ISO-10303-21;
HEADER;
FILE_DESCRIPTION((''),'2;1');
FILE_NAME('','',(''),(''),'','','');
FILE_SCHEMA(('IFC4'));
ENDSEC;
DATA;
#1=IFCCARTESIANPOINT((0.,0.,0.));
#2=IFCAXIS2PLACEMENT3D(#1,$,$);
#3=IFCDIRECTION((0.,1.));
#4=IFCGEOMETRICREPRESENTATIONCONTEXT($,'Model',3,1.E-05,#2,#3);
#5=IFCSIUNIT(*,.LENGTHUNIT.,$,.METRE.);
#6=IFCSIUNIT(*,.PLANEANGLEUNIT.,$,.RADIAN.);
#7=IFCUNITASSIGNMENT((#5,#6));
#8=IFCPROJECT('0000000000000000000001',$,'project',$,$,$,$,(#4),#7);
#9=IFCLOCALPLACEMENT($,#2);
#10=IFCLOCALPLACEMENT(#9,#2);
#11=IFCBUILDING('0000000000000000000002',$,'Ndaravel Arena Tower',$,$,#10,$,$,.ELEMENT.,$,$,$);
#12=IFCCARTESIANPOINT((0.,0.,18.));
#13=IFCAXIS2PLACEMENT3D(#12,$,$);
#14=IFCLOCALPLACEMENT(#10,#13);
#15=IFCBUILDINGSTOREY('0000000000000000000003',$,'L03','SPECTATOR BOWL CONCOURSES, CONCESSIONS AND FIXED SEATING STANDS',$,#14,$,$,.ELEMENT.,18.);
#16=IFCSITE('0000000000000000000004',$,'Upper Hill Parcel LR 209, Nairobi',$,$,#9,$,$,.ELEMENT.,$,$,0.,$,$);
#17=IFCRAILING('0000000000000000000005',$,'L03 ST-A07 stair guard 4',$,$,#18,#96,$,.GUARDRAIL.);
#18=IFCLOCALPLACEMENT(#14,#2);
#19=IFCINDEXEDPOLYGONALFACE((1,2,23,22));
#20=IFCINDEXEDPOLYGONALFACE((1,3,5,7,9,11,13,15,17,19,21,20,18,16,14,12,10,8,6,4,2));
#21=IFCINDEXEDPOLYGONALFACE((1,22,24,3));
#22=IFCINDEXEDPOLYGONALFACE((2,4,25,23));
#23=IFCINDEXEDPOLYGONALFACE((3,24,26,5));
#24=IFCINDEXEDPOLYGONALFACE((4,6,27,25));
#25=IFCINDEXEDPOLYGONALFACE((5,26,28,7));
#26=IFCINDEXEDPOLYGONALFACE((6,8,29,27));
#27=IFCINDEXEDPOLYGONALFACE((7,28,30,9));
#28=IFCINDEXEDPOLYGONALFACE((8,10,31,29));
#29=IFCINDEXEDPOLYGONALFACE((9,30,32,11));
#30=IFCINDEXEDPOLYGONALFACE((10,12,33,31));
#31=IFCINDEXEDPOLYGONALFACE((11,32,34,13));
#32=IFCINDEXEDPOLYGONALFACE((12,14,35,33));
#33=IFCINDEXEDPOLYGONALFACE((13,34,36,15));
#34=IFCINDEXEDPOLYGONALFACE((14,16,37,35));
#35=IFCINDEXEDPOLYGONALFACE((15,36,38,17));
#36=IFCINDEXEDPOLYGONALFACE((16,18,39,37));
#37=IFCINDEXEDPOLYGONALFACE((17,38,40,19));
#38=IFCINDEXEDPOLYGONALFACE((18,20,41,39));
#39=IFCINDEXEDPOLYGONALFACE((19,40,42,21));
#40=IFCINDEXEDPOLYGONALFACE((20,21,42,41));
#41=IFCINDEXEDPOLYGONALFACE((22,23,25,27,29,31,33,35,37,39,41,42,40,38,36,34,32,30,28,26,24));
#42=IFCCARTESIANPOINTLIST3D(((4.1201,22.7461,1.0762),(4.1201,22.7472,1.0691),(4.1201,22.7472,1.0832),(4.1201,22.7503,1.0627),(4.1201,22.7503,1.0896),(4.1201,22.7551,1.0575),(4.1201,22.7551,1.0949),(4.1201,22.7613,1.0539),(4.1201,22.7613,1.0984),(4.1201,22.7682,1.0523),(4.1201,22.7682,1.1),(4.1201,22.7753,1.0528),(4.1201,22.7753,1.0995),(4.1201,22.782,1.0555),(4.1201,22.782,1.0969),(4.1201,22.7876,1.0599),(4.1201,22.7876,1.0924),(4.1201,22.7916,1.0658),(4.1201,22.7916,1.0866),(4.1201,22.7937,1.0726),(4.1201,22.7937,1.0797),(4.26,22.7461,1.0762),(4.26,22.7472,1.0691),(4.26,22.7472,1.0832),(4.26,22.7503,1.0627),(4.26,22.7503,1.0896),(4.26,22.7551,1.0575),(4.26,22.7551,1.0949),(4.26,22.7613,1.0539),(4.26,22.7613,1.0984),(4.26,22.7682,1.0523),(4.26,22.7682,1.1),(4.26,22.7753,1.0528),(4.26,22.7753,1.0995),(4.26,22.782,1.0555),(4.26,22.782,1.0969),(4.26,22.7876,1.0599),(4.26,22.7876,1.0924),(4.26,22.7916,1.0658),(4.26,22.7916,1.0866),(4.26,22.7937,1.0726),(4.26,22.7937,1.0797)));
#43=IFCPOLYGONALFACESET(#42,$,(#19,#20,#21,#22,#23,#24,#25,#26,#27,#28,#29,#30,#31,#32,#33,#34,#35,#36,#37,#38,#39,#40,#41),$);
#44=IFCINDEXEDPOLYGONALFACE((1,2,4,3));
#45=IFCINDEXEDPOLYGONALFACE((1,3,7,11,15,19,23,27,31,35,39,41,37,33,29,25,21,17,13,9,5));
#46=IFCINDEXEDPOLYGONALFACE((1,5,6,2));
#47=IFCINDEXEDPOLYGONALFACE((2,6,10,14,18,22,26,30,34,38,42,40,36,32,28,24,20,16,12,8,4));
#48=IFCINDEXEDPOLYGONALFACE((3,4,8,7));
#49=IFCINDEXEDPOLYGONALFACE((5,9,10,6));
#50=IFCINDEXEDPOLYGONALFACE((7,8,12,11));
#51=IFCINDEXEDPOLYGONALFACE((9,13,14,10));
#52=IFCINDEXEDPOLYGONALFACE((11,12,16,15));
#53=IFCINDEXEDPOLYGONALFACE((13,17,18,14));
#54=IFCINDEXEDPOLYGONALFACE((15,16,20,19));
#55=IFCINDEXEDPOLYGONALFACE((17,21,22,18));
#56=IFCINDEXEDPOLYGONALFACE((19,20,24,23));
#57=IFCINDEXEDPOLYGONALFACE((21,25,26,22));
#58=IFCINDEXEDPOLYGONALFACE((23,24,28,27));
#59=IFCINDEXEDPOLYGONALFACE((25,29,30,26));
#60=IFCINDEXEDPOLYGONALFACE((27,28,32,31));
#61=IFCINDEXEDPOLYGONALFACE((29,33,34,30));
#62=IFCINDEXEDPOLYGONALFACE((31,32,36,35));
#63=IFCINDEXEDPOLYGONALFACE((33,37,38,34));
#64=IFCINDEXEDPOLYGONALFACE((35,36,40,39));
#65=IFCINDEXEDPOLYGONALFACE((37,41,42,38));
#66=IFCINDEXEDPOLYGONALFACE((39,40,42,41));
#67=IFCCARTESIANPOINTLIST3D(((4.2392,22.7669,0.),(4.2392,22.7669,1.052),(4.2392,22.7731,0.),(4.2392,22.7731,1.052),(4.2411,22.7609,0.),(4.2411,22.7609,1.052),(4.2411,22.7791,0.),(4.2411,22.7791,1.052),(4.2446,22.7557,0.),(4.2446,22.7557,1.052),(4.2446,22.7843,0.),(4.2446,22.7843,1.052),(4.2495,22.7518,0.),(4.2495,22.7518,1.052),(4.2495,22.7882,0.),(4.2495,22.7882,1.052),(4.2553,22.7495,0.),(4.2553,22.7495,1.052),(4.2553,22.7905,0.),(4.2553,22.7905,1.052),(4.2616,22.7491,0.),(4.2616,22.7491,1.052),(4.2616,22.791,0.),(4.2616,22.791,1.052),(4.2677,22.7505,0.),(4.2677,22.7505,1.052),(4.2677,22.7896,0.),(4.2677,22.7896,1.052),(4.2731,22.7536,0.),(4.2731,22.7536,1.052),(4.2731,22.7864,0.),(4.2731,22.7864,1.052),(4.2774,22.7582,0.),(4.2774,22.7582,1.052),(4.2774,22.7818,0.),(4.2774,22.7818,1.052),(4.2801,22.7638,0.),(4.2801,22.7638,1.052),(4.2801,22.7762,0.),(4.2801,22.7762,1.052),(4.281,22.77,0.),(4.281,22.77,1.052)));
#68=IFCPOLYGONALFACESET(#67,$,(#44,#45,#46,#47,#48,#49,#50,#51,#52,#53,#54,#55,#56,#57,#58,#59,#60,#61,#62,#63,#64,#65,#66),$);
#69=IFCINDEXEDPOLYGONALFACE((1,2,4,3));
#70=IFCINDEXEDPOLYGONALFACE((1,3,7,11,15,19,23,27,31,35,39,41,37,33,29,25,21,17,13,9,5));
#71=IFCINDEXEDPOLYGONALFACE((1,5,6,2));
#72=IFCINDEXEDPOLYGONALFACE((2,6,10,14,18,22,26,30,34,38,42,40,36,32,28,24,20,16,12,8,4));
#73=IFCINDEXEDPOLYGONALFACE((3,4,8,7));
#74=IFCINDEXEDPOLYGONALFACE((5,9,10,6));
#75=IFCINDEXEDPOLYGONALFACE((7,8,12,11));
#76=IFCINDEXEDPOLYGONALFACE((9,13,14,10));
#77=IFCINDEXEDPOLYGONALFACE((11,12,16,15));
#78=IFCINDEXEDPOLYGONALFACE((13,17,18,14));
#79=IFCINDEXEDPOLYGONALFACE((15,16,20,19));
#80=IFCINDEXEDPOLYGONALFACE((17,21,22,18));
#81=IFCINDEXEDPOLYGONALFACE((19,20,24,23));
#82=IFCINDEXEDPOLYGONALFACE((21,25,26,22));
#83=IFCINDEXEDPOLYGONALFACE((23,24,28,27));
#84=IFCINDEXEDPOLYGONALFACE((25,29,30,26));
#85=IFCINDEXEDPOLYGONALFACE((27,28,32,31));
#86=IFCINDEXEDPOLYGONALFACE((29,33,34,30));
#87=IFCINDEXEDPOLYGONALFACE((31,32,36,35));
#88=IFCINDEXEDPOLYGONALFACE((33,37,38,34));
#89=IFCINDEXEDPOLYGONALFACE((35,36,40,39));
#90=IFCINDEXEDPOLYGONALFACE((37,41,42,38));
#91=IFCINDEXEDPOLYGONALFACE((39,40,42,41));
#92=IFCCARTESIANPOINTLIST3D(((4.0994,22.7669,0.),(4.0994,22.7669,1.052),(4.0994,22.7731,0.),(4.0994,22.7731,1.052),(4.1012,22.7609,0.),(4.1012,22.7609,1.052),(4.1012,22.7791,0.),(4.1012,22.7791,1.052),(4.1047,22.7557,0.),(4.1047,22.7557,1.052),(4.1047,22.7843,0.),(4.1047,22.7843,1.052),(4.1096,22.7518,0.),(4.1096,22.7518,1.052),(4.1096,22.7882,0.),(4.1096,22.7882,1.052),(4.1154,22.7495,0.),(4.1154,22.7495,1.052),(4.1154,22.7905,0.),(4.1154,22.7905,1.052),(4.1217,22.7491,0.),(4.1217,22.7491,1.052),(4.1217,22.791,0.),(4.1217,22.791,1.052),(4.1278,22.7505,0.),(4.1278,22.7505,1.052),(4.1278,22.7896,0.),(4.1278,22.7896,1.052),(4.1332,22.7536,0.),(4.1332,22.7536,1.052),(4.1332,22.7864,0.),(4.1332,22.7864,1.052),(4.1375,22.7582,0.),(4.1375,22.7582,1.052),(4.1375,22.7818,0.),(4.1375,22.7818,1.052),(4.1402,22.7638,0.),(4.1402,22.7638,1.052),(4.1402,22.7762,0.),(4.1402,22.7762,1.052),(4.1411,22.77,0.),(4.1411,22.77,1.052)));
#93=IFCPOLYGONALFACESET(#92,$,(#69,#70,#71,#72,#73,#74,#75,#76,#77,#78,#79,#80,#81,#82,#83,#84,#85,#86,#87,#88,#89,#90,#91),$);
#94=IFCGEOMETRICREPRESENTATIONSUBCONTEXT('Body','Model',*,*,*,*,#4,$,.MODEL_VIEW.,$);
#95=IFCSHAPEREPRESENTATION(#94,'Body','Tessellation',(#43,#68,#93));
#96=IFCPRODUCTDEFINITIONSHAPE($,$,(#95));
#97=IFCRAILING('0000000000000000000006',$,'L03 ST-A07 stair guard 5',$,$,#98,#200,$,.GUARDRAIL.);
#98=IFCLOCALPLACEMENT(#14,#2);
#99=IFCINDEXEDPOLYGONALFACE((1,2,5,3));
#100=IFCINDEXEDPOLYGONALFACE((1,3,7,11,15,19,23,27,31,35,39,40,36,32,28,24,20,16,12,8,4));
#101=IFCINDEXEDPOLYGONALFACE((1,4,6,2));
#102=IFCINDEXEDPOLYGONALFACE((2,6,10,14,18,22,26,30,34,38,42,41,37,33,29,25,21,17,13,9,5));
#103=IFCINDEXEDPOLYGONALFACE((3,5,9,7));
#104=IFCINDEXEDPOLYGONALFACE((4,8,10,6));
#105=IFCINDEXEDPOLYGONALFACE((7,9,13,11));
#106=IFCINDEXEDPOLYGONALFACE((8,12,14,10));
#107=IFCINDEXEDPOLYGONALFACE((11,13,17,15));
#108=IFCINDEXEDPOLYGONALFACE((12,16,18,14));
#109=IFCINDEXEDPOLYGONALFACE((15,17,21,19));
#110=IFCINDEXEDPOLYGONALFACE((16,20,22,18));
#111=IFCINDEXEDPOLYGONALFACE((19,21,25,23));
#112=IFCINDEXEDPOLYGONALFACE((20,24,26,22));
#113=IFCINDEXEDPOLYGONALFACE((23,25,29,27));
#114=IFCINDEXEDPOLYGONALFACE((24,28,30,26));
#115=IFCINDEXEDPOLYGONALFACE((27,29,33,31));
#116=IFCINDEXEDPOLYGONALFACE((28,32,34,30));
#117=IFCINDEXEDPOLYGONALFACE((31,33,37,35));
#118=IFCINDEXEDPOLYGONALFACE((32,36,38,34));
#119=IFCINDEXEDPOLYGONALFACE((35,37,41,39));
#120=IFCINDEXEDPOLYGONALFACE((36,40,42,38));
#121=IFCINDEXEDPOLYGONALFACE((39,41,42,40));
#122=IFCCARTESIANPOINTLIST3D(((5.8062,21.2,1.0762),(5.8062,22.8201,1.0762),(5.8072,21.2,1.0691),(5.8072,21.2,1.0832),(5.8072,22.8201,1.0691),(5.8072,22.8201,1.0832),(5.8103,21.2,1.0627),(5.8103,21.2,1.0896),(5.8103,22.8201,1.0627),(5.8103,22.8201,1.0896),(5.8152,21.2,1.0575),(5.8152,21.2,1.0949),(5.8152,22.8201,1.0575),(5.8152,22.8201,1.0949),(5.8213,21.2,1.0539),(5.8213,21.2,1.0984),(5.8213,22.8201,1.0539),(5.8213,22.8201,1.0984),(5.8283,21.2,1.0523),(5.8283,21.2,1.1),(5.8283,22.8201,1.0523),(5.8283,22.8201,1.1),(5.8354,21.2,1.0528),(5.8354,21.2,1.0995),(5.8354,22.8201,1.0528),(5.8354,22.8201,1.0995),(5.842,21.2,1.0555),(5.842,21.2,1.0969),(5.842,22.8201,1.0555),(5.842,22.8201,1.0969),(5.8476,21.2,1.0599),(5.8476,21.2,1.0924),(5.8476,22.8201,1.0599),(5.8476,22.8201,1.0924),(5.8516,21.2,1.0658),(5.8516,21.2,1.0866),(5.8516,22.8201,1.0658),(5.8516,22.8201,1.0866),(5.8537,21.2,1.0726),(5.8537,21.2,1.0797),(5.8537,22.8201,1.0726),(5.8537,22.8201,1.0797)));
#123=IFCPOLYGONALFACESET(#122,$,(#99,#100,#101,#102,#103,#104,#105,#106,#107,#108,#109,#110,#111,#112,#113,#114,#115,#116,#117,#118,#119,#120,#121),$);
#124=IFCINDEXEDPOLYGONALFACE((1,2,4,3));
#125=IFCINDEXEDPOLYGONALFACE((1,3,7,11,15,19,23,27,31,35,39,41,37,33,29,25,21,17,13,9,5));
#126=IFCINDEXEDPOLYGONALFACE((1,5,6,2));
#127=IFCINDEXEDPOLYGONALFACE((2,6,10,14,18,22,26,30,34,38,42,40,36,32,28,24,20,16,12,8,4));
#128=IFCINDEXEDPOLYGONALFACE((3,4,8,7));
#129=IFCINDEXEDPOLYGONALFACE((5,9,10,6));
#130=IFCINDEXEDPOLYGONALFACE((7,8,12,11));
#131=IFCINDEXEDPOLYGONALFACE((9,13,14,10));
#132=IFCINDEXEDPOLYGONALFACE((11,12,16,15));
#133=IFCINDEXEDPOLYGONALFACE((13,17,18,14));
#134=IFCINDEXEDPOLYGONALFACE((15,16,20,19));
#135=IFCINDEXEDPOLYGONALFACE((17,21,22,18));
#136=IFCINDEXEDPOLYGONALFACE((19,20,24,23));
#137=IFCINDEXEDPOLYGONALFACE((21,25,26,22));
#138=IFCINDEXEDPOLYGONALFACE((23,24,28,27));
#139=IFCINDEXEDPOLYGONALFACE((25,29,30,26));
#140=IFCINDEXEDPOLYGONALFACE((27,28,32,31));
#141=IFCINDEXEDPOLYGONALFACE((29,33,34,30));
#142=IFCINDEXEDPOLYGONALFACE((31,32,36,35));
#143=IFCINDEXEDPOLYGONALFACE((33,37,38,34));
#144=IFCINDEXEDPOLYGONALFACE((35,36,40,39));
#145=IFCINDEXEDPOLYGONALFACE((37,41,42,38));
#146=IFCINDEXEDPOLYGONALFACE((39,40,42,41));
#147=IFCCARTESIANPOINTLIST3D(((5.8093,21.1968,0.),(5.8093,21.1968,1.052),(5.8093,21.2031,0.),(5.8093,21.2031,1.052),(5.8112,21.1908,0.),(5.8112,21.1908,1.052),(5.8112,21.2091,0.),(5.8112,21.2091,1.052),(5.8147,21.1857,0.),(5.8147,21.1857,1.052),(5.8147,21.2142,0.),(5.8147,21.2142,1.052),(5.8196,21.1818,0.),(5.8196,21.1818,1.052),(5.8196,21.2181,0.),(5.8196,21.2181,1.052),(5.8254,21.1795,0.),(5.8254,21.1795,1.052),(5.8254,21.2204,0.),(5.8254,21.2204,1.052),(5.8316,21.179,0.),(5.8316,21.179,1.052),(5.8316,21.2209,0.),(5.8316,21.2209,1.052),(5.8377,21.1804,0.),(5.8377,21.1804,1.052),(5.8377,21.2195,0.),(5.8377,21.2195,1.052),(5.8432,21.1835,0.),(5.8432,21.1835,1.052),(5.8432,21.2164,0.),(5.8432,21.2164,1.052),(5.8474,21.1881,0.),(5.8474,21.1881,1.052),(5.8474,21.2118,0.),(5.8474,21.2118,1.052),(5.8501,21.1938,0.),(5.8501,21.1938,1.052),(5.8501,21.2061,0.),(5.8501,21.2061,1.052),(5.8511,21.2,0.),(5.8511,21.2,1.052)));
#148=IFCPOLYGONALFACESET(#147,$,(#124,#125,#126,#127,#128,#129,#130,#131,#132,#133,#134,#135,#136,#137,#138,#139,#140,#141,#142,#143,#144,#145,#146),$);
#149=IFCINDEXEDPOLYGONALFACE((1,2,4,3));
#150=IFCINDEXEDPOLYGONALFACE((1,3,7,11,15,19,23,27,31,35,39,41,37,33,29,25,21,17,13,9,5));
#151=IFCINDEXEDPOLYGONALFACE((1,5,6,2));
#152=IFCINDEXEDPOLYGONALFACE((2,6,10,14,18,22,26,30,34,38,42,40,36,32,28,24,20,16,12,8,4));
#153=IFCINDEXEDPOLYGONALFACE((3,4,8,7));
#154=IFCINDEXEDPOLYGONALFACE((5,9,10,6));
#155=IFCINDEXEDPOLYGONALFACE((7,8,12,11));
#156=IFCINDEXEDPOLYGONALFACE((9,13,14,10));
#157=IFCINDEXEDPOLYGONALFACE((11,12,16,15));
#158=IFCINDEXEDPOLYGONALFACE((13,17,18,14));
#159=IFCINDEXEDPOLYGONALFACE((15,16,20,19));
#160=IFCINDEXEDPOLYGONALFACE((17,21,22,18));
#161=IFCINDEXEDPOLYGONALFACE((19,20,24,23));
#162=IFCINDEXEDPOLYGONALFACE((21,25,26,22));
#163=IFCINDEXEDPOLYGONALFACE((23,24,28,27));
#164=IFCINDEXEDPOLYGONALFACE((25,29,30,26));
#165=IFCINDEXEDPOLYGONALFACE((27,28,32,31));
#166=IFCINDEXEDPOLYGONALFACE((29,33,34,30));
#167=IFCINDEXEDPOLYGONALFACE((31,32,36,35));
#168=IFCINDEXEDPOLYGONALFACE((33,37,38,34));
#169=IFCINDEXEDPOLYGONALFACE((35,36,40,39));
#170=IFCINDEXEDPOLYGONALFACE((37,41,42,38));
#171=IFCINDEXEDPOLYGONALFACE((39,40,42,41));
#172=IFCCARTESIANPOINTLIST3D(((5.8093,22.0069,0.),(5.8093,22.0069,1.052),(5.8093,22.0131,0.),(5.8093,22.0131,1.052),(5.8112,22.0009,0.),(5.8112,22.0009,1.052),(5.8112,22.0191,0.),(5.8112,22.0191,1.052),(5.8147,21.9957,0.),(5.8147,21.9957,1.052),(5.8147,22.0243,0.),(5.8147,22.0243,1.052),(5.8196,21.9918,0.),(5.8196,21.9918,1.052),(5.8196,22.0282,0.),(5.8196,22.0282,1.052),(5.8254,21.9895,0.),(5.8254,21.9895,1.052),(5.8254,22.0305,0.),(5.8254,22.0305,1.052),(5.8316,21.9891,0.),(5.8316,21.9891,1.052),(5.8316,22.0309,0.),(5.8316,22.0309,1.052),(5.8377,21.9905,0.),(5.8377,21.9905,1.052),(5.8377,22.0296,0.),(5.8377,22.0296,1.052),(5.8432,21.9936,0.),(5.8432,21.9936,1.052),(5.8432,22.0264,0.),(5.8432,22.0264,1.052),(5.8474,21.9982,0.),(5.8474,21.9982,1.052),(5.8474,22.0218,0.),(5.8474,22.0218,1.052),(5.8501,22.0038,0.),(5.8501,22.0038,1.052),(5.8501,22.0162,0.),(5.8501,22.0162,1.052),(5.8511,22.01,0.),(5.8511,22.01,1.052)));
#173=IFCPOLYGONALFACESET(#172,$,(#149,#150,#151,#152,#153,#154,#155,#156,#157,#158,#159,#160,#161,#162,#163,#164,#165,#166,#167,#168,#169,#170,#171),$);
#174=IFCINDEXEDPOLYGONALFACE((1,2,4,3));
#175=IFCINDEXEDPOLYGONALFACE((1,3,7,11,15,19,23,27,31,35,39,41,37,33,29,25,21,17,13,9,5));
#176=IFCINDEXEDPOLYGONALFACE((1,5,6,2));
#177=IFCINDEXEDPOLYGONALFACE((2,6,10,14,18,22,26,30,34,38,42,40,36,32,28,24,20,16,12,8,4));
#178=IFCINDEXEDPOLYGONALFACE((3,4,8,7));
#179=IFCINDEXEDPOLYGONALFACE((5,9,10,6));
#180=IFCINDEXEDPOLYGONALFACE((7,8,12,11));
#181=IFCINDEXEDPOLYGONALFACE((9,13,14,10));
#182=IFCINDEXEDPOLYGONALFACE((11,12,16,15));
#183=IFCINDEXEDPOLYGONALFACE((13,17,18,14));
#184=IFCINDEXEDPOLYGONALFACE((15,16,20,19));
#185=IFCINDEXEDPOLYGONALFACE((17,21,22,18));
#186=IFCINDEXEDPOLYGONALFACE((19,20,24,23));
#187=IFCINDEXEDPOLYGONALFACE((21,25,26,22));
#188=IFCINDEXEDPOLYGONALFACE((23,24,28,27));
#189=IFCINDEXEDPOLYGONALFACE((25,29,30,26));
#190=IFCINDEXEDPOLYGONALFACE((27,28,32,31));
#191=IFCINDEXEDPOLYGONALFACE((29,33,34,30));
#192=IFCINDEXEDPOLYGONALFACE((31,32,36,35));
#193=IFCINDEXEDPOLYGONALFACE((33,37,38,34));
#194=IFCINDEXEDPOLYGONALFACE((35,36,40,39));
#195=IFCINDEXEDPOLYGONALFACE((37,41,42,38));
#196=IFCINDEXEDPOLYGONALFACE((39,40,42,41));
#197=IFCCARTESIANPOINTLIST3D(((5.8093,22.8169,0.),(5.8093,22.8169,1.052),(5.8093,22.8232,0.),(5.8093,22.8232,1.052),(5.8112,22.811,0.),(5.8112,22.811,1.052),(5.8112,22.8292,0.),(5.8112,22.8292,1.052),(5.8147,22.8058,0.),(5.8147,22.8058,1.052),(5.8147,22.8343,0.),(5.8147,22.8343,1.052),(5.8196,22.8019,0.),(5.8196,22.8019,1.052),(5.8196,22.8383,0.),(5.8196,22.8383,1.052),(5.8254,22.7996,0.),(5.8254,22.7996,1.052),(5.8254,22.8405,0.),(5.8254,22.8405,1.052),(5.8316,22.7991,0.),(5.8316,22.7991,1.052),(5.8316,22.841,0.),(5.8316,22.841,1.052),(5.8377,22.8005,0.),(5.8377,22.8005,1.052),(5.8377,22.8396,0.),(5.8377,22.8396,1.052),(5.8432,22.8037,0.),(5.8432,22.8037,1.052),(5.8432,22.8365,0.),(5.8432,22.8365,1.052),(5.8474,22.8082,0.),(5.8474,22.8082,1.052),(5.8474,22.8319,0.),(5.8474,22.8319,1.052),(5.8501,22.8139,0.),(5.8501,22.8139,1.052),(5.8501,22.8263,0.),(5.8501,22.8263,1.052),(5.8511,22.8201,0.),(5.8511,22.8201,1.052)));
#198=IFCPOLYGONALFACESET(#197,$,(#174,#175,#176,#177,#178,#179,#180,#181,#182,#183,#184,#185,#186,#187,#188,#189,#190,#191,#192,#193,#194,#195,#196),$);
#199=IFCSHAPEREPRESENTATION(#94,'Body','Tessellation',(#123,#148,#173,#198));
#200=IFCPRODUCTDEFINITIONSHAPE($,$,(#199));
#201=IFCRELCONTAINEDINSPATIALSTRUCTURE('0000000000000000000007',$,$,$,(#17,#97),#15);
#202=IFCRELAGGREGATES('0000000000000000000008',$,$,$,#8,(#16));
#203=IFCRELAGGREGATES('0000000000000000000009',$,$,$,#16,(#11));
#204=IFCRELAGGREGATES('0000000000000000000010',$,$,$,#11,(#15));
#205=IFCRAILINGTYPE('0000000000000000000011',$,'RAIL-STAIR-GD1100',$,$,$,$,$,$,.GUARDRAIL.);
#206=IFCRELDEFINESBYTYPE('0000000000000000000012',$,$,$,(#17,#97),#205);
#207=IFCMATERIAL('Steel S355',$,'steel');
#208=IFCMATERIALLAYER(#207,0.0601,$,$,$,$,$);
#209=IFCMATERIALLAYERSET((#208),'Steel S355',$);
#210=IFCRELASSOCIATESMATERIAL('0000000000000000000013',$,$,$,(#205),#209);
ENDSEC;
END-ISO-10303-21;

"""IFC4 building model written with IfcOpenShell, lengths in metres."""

from ifc_helpers import new_model, si_unit, direction, frame, origin, origin_2d, place, context, subcontext, project, spatial, circle, extrude, material, layer, layer_set, type_object, element, save


model = new_model("IFC4")

# Units and contexts
model_context = context("Model", 3, precision=1e-05, world=origin(), true_north=direction((0.0, 1.0)))
body_context = subcontext(model_context, "Body", "Model", "MODEL_VIEW")
ifc_project = project(units=[si_unit("LENGTHUNIT", "METRE"), si_unit("PLANEANGLEUNIT", "RADIAN")], contexts=[model_context])

# Site, building, storey
site_placement = place(None, origin())
site = spatial("IfcSite", under=ifc_project, at=site_placement, Name="Upper Hill Parcel LR 209, Nairobi", CompositionType="ELEMENT", RefElevation=0.0)
building_placement = place(site_placement, origin())
building = spatial("IfcBuilding", under=site, at=building_placement, Name="Ndaravel Arena Tower", CompositionType="ELEMENT")
storey_placement = place(building_placement, frame((0.0, 0.0, 18.0)))
storey = spatial("IfcBuildingStorey", under=building, at=storey_placement, Name="L03", Description="SPECTATOR BOWL CONCOURSES, CONCESSIONS AND FIXED SEATING STANDS", CompositionType="ELEMENT", Elevation=18.0)

# Railings
ifc_material_1 = material(Name="Steel S355", Category="steel")
ifc_layer_1 = layer(ifc_material_1, 0.0601)
ifc_layer_set_1 = layer_set([ifc_layer_1], Name="Steel S355")
railing_type_1 = type_object("IfcRailingType", Name="RAIL-STAIR-GD1100", PredefinedType="GUARDRAIL", material=ifc_layer_set_1)
railing_1_placement = place(storey_placement, frame((4.26, 22.77, 0.0)))
element("IfcRailing", 1, at=railing_1_placement, inside=storey, type_object=railing_type_1, Name="L03 ST-A07 stair guard 4", PredefinedType="GUARDRAIL", context=body_context, shape_type="SweptSolid", body=[
    extrude(circle(Radius=0.0239, at=origin_2d()), frame((0.0, 0.0, 1.0762), z_axis=(-1.0, 0.0, 0.0), x_axis=(0.0, -1.0, 0.0)), (0.0, 0.0, 1.0), 0.1399),
    extrude(circle(Radius=0.021, at=origin_2d()), origin(), (0.0, 0.0, 1.0), 1.052),
    extrude(circle(Radius=0.021, at=origin_2d()), frame((-0.1399, 0.0, 0.0)), (0.0, 0.0, 1.0), 1.052),
])
for number, where, name in (
    (2, (5.8301, 21.2, 0.0), "L03 ST-A07 stair guard 5"),
):
    element("IfcRailing", number, at=place(storey_placement, frame(where)), inside=storey, type_object=railing_type_1, Name=name, PredefinedType="GUARDRAIL", context=body_context, shape_type="SweptSolid", body=[
        extrude(circle(Radius=0.0239, at=origin_2d()), frame((0.0, 0.0, 1.0762), z_axis=(0.0, 1.0, 0.0), x_axis=(-1.0, 0.0, 0.0)), (0.0, 0.0, 1.0), 1.6201),
        extrude(circle(Radius=0.021, at=origin_2d()), origin(), (0.0, 0.0, 1.0), 1.052),
        extrude(circle(Radius=0.021, at=origin_2d()), frame((0.0, 0.8101, 0.0)), (0.0, 0.0, 1.0), 1.052),
        extrude(circle(Radius=0.021, at=origin_2d()), frame((0.0, 1.6201, 0.0)), (0.0, 0.0, 1.0), 1.052),
    ])

save(model, "model.ifc")
